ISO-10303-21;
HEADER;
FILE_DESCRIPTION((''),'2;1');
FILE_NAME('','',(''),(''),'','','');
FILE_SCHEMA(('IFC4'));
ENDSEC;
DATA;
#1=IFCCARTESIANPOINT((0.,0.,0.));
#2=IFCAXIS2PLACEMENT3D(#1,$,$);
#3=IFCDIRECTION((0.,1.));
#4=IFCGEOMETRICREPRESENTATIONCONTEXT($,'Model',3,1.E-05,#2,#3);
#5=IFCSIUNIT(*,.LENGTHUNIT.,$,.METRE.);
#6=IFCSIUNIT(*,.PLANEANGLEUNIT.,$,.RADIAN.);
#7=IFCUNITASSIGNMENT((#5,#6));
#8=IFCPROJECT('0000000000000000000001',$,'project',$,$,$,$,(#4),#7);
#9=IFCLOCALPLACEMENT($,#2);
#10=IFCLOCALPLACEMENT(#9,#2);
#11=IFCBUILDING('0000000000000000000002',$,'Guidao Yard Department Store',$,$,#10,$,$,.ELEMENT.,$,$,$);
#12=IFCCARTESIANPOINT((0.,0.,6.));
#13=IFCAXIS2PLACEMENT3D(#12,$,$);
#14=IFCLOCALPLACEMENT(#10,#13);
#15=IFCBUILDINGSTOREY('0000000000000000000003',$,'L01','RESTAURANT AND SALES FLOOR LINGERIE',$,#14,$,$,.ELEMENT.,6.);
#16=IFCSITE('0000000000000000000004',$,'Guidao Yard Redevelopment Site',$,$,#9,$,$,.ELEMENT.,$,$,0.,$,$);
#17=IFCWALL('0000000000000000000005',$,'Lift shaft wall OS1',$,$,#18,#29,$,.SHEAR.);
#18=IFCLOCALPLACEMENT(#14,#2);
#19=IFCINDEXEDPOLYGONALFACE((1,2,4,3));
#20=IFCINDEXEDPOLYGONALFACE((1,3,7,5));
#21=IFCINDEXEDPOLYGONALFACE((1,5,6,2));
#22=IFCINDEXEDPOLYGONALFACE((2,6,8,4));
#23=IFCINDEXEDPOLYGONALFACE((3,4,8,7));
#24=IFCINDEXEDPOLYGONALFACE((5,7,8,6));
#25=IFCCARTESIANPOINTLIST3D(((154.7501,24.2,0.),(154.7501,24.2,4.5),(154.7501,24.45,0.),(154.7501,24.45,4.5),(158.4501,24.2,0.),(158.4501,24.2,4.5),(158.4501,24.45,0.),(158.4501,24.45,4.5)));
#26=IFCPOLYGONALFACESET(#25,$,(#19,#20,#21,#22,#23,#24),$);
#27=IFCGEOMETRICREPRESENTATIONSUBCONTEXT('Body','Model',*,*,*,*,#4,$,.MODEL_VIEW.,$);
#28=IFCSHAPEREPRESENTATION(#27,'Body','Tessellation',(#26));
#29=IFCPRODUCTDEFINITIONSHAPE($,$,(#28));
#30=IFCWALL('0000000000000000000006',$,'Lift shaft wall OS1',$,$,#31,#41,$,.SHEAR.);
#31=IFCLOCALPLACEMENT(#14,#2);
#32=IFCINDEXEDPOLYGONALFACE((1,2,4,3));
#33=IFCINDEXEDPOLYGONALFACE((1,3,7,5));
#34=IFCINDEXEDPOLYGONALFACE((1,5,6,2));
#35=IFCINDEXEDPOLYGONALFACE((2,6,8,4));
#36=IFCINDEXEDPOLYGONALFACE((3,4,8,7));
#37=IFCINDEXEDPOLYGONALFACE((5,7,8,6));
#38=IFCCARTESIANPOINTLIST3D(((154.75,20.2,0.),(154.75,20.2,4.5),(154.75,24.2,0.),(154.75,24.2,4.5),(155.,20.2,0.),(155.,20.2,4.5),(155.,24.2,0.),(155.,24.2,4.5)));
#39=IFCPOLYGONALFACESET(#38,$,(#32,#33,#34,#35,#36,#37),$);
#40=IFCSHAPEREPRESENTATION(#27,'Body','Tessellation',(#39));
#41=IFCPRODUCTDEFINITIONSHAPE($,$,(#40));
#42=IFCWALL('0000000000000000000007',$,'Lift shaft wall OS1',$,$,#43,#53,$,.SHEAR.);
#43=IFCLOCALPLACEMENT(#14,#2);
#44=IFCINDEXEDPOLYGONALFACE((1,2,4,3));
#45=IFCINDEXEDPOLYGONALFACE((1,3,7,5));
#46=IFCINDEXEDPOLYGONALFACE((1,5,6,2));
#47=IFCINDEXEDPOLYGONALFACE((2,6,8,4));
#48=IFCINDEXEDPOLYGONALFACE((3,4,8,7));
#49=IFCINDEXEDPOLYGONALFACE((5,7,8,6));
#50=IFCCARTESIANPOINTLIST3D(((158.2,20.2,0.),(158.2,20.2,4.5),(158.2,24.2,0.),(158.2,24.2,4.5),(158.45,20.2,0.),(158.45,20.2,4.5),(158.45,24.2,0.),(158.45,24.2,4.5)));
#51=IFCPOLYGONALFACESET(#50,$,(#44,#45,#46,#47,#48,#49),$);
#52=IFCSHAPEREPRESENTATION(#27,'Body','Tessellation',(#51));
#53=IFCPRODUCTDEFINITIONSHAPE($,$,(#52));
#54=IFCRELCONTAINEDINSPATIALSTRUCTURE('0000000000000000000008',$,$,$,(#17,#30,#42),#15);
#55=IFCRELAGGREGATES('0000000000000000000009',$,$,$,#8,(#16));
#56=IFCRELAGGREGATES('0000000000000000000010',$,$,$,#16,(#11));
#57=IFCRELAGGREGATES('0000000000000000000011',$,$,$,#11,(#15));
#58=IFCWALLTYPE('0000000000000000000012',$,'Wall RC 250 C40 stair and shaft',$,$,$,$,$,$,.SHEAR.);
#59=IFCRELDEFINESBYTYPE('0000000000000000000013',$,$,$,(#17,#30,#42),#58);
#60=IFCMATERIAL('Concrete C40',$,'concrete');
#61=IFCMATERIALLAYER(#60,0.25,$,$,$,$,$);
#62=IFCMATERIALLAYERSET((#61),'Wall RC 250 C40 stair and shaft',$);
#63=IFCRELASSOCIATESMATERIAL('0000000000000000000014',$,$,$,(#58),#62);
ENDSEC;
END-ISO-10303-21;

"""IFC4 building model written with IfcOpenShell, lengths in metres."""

from ifc_helpers import new_model, si_unit, direction, frame, frame_2d, origin, place, context, subcontext, project, spatial, rectangle, extrude, material, layer, layer_set, type_object, element, save


model = new_model("IFC4")

# Units and contexts
model_context = context("Model", 3, precision=1e-05, world=origin(), true_north=direction((0.0, 1.0)))
body_context = subcontext(model_context, "Body", "Model", "MODEL_VIEW")
ifc_project = project(units=[si_unit("LENGTHUNIT", "METRE"), si_unit("PLANEANGLEUNIT", "RADIAN")], contexts=[model_context])

# Site, building, storey
site_placement = place(None, origin())
site = spatial("IfcSite", under=ifc_project, at=site_placement, Name="Guidao Yard Redevelopment Site", CompositionType="ELEMENT", RefElevation=0.0)
building_placement = place(site_placement, origin())
building = spatial("IfcBuilding", under=site, at=building_placement, Name="Guidao Yard Department Store", CompositionType="ELEMENT")
storey_placement = place(building_placement, frame((0.0, 0.0, 6.0)))
storey = spatial("IfcBuildingStorey", under=building, at=storey_placement, Name="L01", Description="RESTAURANT AND SALES FLOOR LINGERIE", CompositionType="ELEMENT", Elevation=6.0)

# Shared definitions
ifc_material_1 = material(Name="Concrete C40", Category="concrete")
ifc_layer_1 = layer(ifc_material_1, 0.25)
ifc_layer_set_1 = layer_set([ifc_layer_1], Name="Wall RC 250 C40 stair and shaft")
wall_type_1 = type_object("IfcWallType", Name="Wall RC 250 C40 stair and shaft", PredefinedType="SHEAR", material=ifc_layer_set_1)

# Walls
wall_1_placement = place(storey_placement, frame((154.75, 24.325, 0.0), z_axis=(0.0, 0.0, 1.0), x_axis=(1.0, 0.0, 0.0)))
element("IfcWall", 1, at=wall_1_placement, inside=storey, type_object=wall_type_1, Name="Lift shaft wall OS1", PredefinedType="SHEAR", context=body_context, shape_type="SweptSolid", body=[
    extrude(rectangle(XDim=3.7, YDim=0.25, at=frame_2d((1.8501, 0.0))), origin(), (0.0, 0.0, 1.0), 4.5),
])
for number, where, z_axis, x_axis, name in (
    (2, (154.875, 20.2, 0.0), (0.0, 0.0, 1.0), (0.0, 1.0, 0.0), "Lift shaft wall OS1"),
    (3, (158.325, 20.2, 0.0), (0.0, 0.0, 1.0), (0.0, 1.0, 0.0), "Lift shaft wall OS1"),
):
    element("IfcWall", number, at=place(storey_placement, frame(where, z_axis=z_axis, x_axis=x_axis)), inside=storey, type_object=wall_type_1, Name=name, PredefinedType="SHEAR", context=body_context, shape_type="SweptSolid", body=[
        extrude(rectangle(XDim=4.0, YDim=0.25, at=frame_2d((2.0, 0.0))), origin(), (0.0, 0.0, 1.0), 4.5),
    ])

save(model, "model.ifc")
